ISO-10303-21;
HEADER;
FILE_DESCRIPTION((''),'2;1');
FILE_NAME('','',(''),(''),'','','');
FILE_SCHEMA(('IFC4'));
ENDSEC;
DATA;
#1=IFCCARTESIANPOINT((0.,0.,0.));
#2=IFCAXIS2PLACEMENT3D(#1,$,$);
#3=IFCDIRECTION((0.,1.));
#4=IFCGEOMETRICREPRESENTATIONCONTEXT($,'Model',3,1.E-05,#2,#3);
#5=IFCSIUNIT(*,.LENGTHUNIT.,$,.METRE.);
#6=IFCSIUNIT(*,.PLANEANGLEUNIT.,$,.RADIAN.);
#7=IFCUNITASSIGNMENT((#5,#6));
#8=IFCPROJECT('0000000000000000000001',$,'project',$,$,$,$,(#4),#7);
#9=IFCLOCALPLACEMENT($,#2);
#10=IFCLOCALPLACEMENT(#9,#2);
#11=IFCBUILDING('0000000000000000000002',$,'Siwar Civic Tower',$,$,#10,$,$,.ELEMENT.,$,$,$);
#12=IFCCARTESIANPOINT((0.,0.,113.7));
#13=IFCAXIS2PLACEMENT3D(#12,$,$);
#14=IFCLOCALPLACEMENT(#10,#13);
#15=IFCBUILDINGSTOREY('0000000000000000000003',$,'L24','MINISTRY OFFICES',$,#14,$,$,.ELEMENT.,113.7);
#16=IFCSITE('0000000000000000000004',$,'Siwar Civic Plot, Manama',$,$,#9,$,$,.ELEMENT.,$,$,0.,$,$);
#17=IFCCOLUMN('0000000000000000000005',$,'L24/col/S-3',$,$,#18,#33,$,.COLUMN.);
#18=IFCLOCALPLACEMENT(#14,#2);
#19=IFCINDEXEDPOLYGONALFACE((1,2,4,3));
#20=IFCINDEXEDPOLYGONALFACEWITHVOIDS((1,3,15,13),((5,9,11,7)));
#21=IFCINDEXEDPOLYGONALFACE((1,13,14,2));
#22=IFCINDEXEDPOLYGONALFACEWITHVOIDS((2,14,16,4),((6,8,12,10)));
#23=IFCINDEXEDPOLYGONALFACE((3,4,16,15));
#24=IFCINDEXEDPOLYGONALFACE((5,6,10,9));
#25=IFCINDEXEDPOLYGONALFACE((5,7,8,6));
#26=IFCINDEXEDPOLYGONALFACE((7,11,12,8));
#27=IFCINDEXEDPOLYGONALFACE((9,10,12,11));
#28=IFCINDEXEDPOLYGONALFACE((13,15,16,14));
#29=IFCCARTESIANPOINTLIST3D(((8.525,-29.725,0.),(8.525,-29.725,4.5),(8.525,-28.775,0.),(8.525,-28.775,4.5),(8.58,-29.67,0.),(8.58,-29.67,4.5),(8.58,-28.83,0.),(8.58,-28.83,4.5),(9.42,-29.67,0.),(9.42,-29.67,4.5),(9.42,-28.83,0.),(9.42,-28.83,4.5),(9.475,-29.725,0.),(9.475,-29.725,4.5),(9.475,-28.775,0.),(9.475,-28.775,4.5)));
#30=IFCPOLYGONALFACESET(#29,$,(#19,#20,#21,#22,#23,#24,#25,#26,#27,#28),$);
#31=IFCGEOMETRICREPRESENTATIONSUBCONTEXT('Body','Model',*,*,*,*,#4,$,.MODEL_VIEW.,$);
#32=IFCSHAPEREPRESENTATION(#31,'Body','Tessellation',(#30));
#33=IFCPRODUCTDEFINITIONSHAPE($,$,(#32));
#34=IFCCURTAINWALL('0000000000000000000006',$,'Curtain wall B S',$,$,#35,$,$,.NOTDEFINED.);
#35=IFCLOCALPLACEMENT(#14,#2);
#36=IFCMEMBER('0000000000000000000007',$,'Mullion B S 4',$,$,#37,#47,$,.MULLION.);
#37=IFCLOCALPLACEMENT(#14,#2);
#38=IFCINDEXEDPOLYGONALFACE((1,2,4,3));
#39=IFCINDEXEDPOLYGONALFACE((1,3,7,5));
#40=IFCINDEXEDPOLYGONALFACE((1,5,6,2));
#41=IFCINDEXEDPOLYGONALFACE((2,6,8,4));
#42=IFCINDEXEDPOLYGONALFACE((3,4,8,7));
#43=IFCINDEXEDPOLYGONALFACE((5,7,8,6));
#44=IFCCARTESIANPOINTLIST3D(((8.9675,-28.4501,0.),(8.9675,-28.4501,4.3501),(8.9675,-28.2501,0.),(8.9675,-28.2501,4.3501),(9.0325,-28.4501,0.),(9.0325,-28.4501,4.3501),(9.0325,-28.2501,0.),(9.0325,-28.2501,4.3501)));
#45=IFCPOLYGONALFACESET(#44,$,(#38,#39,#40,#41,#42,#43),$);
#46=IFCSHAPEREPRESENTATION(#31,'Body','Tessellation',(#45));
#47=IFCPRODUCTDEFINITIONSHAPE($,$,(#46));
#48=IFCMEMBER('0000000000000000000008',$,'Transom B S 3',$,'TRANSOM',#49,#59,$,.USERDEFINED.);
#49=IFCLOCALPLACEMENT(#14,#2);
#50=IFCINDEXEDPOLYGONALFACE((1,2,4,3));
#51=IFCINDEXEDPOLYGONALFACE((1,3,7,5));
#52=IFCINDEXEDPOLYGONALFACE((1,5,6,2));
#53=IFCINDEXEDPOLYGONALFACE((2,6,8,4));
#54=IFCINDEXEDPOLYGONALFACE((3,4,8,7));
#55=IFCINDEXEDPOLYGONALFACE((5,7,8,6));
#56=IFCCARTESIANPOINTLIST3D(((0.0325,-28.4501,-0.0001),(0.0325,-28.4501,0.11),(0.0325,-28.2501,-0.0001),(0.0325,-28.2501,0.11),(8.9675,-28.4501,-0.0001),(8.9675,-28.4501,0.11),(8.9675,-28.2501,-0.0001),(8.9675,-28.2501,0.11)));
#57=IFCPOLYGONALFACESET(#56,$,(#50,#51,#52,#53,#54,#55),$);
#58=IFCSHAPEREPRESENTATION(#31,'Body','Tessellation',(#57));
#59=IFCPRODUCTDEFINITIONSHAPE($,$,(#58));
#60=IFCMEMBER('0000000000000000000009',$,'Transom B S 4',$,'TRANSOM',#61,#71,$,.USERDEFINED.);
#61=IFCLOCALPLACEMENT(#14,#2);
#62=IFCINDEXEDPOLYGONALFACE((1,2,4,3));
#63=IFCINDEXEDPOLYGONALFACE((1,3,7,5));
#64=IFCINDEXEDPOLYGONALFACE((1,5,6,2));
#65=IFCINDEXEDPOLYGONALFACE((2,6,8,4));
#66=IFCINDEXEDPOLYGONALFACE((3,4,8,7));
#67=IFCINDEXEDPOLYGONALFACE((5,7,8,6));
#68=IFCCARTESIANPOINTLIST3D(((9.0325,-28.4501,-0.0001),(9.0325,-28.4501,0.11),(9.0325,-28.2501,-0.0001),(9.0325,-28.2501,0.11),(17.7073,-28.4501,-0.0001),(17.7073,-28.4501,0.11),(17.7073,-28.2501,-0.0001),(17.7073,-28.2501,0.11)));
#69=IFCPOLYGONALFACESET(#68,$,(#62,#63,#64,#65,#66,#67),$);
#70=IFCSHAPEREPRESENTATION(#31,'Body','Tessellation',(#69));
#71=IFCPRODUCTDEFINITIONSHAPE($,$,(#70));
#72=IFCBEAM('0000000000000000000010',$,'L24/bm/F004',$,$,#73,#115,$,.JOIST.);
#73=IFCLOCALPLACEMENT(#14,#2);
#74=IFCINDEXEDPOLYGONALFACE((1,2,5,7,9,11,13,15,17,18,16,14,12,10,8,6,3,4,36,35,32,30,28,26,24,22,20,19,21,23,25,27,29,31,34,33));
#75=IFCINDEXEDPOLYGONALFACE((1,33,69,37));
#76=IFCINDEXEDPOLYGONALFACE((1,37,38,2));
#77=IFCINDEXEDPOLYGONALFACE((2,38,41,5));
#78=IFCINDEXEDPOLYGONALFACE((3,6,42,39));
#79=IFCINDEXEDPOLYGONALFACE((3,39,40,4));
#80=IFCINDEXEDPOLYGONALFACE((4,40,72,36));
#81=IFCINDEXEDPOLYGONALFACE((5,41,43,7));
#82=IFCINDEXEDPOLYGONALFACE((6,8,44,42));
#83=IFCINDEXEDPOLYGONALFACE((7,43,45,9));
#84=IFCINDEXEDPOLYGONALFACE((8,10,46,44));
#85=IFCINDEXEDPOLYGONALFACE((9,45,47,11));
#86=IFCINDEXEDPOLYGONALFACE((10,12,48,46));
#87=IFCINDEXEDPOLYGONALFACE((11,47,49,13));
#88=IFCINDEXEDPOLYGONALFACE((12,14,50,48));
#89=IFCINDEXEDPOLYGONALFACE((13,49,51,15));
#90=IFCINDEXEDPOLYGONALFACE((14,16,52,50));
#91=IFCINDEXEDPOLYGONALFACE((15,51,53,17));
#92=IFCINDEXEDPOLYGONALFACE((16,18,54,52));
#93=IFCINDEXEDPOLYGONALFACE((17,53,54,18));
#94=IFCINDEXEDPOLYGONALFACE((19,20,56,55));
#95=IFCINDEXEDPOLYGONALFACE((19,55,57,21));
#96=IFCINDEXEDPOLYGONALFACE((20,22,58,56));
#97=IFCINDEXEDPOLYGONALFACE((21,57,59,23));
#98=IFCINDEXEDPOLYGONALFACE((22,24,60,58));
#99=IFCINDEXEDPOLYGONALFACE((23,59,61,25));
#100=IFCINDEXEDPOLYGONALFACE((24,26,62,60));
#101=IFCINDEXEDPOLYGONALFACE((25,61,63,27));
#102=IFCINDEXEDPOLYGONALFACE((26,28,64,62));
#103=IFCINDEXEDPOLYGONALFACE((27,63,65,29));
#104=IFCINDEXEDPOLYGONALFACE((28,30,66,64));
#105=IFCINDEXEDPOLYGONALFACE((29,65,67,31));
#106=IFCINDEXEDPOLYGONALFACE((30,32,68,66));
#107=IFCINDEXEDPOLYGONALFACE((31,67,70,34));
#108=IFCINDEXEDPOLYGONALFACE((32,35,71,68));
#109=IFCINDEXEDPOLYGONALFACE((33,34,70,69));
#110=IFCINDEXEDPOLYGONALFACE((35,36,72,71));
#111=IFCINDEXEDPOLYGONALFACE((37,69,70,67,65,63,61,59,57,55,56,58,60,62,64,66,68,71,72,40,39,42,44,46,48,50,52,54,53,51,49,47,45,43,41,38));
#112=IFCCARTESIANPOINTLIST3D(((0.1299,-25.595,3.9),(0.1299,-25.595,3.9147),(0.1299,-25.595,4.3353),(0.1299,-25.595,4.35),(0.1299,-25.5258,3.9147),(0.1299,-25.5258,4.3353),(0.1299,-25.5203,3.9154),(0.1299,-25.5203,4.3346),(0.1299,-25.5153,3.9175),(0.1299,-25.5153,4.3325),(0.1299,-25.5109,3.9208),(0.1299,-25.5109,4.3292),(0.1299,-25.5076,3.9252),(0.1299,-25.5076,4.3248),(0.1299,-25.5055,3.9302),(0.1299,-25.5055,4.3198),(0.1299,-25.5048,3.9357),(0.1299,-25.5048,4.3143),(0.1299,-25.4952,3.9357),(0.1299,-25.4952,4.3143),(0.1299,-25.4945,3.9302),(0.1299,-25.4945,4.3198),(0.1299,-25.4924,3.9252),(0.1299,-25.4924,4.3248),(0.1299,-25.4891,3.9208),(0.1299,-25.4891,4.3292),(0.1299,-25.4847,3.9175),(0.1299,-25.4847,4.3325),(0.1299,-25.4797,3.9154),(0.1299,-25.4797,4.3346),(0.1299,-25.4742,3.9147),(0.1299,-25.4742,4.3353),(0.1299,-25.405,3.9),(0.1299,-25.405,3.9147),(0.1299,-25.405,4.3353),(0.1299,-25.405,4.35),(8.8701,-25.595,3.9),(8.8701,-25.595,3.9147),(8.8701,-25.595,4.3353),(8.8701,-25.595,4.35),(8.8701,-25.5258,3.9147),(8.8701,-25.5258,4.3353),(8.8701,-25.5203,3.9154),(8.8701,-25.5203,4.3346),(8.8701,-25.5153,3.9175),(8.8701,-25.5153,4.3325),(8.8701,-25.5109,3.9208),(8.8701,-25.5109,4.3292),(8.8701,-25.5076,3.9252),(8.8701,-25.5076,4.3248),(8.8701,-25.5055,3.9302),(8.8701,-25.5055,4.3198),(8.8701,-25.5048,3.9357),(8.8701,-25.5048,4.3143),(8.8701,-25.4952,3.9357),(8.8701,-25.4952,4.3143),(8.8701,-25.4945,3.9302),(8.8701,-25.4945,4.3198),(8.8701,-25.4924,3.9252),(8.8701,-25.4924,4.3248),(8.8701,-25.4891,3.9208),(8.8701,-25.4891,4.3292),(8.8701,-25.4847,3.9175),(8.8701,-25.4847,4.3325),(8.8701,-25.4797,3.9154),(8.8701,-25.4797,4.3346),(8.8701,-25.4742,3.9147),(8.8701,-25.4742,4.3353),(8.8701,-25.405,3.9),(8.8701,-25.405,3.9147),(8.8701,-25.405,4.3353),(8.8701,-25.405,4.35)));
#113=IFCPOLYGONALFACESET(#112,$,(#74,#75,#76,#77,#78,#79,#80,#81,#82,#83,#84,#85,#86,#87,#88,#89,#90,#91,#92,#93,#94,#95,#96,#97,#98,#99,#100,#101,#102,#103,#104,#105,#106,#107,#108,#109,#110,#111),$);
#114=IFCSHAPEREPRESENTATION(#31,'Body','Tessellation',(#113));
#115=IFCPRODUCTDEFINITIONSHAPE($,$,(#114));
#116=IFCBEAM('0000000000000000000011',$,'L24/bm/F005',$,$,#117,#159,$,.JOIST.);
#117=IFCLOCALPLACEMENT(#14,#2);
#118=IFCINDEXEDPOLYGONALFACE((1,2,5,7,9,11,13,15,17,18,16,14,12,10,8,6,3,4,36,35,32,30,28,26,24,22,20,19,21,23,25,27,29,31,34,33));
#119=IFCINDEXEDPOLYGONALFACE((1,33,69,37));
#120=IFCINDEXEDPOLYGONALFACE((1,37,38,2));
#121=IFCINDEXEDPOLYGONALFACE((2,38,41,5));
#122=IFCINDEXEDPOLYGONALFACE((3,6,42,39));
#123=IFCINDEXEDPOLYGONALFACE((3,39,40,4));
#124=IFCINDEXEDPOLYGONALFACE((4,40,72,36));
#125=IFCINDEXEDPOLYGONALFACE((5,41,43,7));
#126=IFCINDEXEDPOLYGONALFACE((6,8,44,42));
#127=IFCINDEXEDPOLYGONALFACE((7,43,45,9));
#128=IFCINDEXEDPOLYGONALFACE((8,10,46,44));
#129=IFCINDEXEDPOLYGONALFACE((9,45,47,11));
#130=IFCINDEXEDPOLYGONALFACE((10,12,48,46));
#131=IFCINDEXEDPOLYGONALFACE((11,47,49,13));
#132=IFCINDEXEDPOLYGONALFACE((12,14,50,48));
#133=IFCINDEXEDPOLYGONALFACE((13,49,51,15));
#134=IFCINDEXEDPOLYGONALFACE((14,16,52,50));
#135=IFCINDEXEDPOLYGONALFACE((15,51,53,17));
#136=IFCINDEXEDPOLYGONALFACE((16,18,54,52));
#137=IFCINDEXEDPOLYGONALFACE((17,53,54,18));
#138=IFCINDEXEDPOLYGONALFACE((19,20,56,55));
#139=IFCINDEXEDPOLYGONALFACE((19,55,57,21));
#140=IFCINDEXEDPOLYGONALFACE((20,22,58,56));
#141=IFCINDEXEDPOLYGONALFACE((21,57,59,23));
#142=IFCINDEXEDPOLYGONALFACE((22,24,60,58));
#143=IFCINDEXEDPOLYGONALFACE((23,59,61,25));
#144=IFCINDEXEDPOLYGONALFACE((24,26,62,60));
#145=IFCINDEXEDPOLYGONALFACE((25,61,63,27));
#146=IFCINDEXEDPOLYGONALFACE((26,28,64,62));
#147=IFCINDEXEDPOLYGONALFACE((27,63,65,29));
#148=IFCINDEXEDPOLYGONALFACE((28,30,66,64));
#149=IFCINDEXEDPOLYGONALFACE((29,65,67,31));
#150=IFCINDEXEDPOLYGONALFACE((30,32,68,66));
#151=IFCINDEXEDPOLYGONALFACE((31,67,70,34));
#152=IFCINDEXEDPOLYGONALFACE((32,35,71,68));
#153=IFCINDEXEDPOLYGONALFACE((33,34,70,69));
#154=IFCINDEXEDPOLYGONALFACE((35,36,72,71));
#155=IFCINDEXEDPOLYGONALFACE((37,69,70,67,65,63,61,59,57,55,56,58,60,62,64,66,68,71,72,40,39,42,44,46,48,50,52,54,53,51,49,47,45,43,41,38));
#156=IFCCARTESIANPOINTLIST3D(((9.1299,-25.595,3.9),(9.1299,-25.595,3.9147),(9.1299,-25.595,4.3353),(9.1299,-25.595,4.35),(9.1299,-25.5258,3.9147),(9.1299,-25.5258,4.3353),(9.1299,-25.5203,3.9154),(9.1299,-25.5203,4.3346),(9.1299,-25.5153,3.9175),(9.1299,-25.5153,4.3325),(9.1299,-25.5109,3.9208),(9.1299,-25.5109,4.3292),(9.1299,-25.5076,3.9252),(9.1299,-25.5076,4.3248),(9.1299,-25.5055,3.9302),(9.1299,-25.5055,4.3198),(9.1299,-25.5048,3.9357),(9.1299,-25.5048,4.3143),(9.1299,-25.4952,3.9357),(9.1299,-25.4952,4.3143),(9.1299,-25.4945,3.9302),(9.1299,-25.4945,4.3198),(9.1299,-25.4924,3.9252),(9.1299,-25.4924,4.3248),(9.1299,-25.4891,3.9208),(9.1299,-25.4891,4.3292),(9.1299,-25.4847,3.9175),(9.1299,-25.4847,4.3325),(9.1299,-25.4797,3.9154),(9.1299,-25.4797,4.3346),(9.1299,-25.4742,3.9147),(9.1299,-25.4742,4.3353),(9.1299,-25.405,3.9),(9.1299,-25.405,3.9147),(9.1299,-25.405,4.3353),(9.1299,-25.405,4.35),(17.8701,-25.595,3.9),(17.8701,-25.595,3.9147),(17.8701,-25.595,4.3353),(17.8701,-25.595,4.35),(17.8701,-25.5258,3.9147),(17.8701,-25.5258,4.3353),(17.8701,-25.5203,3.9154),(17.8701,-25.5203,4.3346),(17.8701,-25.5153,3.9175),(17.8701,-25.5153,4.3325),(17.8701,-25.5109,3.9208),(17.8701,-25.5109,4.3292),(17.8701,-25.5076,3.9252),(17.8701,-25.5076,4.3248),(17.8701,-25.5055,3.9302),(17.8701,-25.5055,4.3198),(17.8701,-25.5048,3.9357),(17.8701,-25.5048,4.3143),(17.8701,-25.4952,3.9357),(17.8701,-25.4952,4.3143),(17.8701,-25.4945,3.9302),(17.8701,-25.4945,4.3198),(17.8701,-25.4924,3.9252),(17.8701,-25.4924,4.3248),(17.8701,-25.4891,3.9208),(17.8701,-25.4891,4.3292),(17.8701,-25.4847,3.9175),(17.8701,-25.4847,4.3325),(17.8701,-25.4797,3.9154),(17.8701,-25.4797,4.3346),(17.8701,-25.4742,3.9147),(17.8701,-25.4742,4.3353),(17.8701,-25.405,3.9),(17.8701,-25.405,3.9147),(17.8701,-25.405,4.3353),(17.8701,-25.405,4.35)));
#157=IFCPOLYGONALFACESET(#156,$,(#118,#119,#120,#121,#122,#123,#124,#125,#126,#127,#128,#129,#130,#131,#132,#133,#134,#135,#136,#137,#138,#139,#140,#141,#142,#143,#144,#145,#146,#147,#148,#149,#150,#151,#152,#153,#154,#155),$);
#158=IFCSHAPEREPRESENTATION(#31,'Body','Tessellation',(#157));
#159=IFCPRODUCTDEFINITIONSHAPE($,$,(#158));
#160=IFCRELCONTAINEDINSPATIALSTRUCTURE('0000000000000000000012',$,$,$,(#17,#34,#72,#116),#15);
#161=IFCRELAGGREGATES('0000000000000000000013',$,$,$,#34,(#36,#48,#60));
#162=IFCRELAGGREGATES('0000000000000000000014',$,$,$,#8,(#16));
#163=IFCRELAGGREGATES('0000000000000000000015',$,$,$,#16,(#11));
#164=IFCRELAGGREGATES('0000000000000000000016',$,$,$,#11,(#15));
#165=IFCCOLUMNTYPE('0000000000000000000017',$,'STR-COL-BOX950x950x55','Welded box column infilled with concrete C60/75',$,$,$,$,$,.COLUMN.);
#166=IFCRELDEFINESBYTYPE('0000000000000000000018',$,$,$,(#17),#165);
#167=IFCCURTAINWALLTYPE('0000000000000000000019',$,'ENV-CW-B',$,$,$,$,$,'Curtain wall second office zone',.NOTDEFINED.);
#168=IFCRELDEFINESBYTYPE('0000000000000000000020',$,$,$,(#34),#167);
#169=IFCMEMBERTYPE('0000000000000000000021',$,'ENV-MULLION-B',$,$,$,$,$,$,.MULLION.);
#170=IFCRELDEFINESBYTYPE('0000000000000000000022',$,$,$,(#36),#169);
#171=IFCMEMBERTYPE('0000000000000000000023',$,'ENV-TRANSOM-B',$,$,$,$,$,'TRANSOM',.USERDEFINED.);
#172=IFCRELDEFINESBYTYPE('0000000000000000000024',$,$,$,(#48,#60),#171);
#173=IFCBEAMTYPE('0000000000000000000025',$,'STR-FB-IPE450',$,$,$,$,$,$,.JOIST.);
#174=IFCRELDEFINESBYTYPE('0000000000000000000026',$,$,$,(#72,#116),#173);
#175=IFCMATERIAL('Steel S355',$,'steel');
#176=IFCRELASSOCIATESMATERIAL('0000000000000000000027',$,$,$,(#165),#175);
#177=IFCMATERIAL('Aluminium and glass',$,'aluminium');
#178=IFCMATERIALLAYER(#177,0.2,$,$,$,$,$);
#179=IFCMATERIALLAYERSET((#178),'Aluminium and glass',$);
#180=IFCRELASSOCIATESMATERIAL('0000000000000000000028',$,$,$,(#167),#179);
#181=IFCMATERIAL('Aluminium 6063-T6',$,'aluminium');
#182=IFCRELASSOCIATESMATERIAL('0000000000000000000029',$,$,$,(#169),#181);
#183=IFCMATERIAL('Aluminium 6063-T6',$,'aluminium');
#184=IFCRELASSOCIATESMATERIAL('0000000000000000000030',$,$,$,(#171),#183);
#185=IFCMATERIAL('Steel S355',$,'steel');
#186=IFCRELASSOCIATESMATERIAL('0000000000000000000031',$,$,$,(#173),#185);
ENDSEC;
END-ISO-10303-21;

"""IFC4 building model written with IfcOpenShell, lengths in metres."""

from ifc_helpers import new_model, si_unit, direction, frame, origin, origin_2d, place, context, subcontext, project, spatial, rectangle, hollow_rectangle, i_section, extrude, material, layer, layer_set, material_profile, profile_set, type_object, element, aggregate, save


model = new_model("IFC4")

# Units and contexts
model_context = context("Model", 3, precision=1e-05, world=origin(), true_north=direction((0.0, 1.0)))
body_context = subcontext(model_context, "Body", "Model", "MODEL_VIEW")
ifc_project = project(units=[si_unit("LENGTHUNIT", "METRE"), si_unit("PLANEANGLEUNIT", "RADIAN")], contexts=[model_context])

# Site, building, storey
site_placement = place(None, origin())
site = spatial("IfcSite", under=ifc_project, at=site_placement, Name="Siwar Civic Plot, Manama", CompositionType="ELEMENT", RefElevation=0.0)
building_placement = place(site_placement, origin())
building = spatial("IfcBuilding", under=site, at=building_placement, Name="Siwar Civic Tower", CompositionType="ELEMENT")
storey_placement = place(building_placement, frame((0.0, 0.0, 113.7)))
storey = spatial("IfcBuildingStorey", under=building, at=storey_placement, Name="L24", Description="MINISTRY OFFICES", CompositionType="ELEMENT", Elevation=113.7)

# Column
ifc_material_1 = material(Name="Steel S355", Category="steel")
ifc_material_profile_1 = material_profile(ifc_material_1, hollow_rectangle(XDim=0.95, YDim=0.95, WallThickness=0.0549, at=origin_2d()), Name="BOX950x950x55")
ifc_profile_set_1 = profile_set([ifc_material_profile_1], Name="Steel S355")
column_type = type_object("IfcColumnType", Name="STR-COL-BOX950x950x55", Description="Welded box column infilled with concrete C60/75", PredefinedType="COLUMN", material=ifc_profile_set_1)
column_placement = place(storey_placement, frame((9.0, -29.25, 0.0), z_axis=(0.0, 0.0, 1.0), x_axis=(1.0, 0.0, 0.0)))
element("IfcColumn", 1, at=column_placement, inside=storey, type_object=column_type, Name="L24/col/S-3", PredefinedType="COLUMN", context=body_context, shape_type="SweptSolid", body=[
    extrude(hollow_rectangle(XDim=0.95, YDim=0.95, WallThickness=0.0549, at=origin_2d()), origin(), (0.0, 0.0, 1.0), 4.5),
])

# Curtain wall, members
ifc_material_2 = material(Name="Aluminium and glass", Category="aluminium")
ifc_layer_1 = layer(ifc_material_2, 0.2)
ifc_layer_set_1 = layer_set([ifc_layer_1], Name="Aluminium and glass")
curtain_wall_type = type_object("IfcCurtainWallType", Name="ENV-CW-B", ElementType="Curtain wall second office zone", PredefinedType="NOTDEFINED", material=ifc_layer_set_1)
curtain_wall_placement = place(storey_placement, origin())
curtain_wall = element("IfcCurtainWall", 2, at=curtain_wall_placement, inside=storey, type_object=curtain_wall_type, Name="Curtain wall B S", PredefinedType="NOTDEFINED")
ifc_material_3 = material(Name="Aluminium 6063-T6", Category="aluminium")
ifc_material_profile_2 = material_profile(ifc_material_3, rectangle(XDim=0.2, YDim=0.0649, at=origin_2d()), Name="AL 200x65")
ifc_profile_set_2 = profile_set([ifc_material_profile_2], Name="Aluminium 6063-T6")
member_type_1 = type_object("IfcMemberType", Name="ENV-MULLION-B", PredefinedType="MULLION", material=ifc_profile_set_2)
member_1_placement = place(storey_placement, frame((9.0, -28.3501, 0.0), z_axis=(0.0, 0.0, 1.0), x_axis=(0.0, 1.0, 0.0)))
member_1 = element("IfcMember", 3, at=member_1_placement, type_object=member_type_1, Name="Mullion B S 4", PredefinedType="MULLION", context=body_context, shape_type="SweptSolid", body=[
    extrude(rectangle(XDim=0.2, YDim=0.0649, at=origin_2d()), origin(), (0.0, 0.0, 1.0), 4.3501),
])
ifc_material_4 = material(Name="Aluminium 6063-T6", Category="aluminium")
ifc_material_profile_3 = material_profile(ifc_material_4, rectangle(XDim=0.2, YDim=0.1101, at=origin_2d()), Name="AL 200x110")
ifc_profile_set_3 = profile_set([ifc_material_profile_3], Name="Aluminium 6063-T6")
member_type_2 = type_object("IfcMemberType", Name="ENV-TRANSOM-B", ElementType="TRANSOM", PredefinedType="USERDEFINED", material=ifc_profile_set_3)
member_2_placement = place(storey_placement, frame((0.0325, -28.3501, 0.0549), z_axis=(1.0, 0.0, 0.0), x_axis=(0.0, 1.0, 0.0)))
member_2 = element("IfcMember", 4, at=member_2_placement, type_object=member_type_2, Name="Transom B S 3", ObjectType="TRANSOM", PredefinedType="USERDEFINED", context=body_context, shape_type="SweptSolid", body=[
    extrude(rectangle(XDim=0.2, YDim=0.1101, at=origin_2d()), origin(), (0.0, 0.0, 1.0), 8.9351),
])
member_3_placement = place(storey_placement, frame((9.0325, -28.3501, 0.0549), z_axis=(1.0, 0.0, 0.0), x_axis=(0.0, 1.0, 0.0)))
member_3 = element("IfcMember", 5, at=member_3_placement, type_object=member_type_2, Name="Transom B S 4", ObjectType="TRANSOM", PredefinedType="USERDEFINED", context=body_context, shape_type="SweptSolid", body=[
    extrude(rectangle(XDim=0.2, YDim=0.1101, at=origin_2d()), origin(), (0.0, 0.0, 1.0), 8.6748),
])

# Beams
ifc_material_5 = material(Name="Steel S355", Category="steel")
ifc_material_profile_4 = material_profile(ifc_material_5, i_section(OverallWidth=0.1899, OverallDepth=0.45, WebThickness=0.0095, FlangeThickness=0.0146, FilletRadius=0.021, at=origin_2d()), Name="IPE450")
ifc_profile_set_4 = profile_set([ifc_material_profile_4], Name="Steel S355")
beam_type_1 = type_object("IfcBeamType", Name="STR-FB-IPE450", PredefinedType="JOIST", material=ifc_profile_set_4)
for number, where, z_axis, x_axis, name in (
    (6, (0.1299, -25.5, 4.125), (1.0, 0.0, 0.0), (0.0, 1.0, 0.0), "L24/bm/F004"),
    (7, (9.1299, -25.5, 4.125), (1.0, 0.0, 0.0), (0.0, 1.0, 0.0), "L24/bm/F005"),
):
    element("IfcBeam", number, at=place(storey_placement, frame(where, z_axis=z_axis, x_axis=x_axis)), inside=storey, type_object=beam_type_1, Name=name, PredefinedType="JOIST", context=body_context, shape_type="SweptSolid", body=[
        extrude(i_section(OverallWidth=0.1899, OverallDepth=0.45, WebThickness=0.0095, FlangeThickness=0.0146, FilletRadius=0.021, at=origin_2d()), origin(), (0.0, 0.0, 1.0), 8.7402),
    ])

aggregate(curtain_wall, [member_1, member_2, member_3])

save(model, "model.ifc")
